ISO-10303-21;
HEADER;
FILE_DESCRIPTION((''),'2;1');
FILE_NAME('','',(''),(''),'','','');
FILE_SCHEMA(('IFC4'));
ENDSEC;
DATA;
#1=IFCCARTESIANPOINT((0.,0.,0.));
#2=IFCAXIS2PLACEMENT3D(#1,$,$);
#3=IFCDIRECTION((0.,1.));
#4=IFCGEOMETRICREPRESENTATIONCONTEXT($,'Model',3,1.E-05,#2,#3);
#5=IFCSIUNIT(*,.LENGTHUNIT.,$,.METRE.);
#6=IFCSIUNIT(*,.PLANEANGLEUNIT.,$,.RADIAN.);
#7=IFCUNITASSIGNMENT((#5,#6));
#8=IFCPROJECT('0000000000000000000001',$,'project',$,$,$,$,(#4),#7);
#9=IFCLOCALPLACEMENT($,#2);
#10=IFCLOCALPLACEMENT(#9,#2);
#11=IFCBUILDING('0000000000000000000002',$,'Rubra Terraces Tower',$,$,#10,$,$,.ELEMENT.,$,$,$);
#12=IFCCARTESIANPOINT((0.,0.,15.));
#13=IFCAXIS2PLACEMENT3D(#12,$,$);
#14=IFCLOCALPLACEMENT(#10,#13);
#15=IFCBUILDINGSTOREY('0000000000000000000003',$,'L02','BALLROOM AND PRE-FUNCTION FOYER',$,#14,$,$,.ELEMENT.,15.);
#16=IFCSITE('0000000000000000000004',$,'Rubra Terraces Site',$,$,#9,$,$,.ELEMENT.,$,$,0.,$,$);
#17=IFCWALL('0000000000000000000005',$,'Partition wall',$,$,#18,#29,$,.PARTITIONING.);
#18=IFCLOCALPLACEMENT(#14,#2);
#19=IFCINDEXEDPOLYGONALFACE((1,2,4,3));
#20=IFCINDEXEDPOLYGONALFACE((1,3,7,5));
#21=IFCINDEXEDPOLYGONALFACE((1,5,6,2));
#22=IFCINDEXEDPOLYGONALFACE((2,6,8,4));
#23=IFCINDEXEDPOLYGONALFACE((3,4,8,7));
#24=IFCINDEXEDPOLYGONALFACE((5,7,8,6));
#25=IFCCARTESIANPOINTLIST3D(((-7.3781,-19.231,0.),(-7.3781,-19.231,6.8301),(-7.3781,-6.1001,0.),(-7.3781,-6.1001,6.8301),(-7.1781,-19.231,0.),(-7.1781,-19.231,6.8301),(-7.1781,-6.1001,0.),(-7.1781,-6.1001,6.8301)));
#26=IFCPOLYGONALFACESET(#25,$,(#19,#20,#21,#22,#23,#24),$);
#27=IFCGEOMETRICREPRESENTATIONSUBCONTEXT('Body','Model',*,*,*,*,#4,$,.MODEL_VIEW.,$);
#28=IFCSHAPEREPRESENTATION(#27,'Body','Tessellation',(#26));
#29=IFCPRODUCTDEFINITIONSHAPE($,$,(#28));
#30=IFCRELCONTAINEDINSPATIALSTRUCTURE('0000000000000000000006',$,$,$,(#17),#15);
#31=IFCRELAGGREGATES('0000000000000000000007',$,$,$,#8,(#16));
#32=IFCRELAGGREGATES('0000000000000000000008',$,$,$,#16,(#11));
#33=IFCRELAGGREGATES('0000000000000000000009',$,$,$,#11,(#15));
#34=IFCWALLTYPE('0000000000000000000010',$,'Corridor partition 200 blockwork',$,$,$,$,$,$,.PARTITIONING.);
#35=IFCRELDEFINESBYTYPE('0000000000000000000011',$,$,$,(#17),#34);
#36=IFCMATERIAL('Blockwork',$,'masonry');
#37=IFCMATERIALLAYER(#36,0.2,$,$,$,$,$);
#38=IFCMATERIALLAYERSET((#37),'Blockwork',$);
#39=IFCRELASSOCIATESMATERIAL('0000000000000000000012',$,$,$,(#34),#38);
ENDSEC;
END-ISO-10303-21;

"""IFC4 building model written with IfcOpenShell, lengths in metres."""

from ifc_helpers import new_model, si_unit, direction, frame, frame_2d, origin, place, context, subcontext, project, spatial, rectangle, extrude, material, layer, layer_set, type_object, element, save


model = new_model("IFC4")

# Units and contexts
model_context = context("Model", 3, precision=1e-05, world=origin(), true_north=direction((0.0, 1.0)))
body_context = subcontext(model_context, "Body", "Model", "MODEL_VIEW")
ifc_project = project(units=[si_unit("LENGTHUNIT", "METRE"), si_unit("PLANEANGLEUNIT", "RADIAN")], contexts=[model_context])

# Site, building, storey
site_placement = place(None, origin())
site = spatial("IfcSite", under=ifc_project, at=site_placement, Name="Rubra Terraces Site", CompositionType="ELEMENT", RefElevation=0.0)
building_placement = place(site_placement, origin())
building = spatial("IfcBuilding", under=site, at=building_placement, Name="Rubra Terraces Tower", CompositionType="ELEMENT")
storey_placement = place(building_placement, frame((0.0, 0.0, 15.0)))
storey = spatial("IfcBuildingStorey", under=building, at=storey_placement, Name="L02", Description="BALLROOM AND PRE-FUNCTION FOYER", CompositionType="ELEMENT", Elevation=15.0)

# Shared definitions
ifc_material_1 = material(Name="Blockwork", Category="masonry")
ifc_layer_1 = layer(ifc_material_1, 0.2)
ifc_layer_set_1 = layer_set([ifc_layer_1], Name="Blockwork")
wall_type = type_object("IfcWallType", Name="Corridor partition 200 blockwork", PredefinedType="PARTITIONING", material=ifc_layer_set_1)

# Wall
wall_1_placement = place(storey_placement, frame((-7.2781, -19.231, 0.0), z_axis=(0.0, 0.0, 1.0), x_axis=(0.0, 1.0, 0.0)))
element("IfcWall", 1, at=wall_1_placement, inside=storey, type_object=wall_type, Name="Partition wall", PredefinedType="PARTITIONING", context=body_context, shape_type="SweptSolid", body=[
    extrude(rectangle(XDim=13.1309, YDim=0.2, at=frame_2d((6.5654, 0.0))), origin(), (0.0, 0.0, 1.0), 6.8301),
])

save(model, "model.ifc")
